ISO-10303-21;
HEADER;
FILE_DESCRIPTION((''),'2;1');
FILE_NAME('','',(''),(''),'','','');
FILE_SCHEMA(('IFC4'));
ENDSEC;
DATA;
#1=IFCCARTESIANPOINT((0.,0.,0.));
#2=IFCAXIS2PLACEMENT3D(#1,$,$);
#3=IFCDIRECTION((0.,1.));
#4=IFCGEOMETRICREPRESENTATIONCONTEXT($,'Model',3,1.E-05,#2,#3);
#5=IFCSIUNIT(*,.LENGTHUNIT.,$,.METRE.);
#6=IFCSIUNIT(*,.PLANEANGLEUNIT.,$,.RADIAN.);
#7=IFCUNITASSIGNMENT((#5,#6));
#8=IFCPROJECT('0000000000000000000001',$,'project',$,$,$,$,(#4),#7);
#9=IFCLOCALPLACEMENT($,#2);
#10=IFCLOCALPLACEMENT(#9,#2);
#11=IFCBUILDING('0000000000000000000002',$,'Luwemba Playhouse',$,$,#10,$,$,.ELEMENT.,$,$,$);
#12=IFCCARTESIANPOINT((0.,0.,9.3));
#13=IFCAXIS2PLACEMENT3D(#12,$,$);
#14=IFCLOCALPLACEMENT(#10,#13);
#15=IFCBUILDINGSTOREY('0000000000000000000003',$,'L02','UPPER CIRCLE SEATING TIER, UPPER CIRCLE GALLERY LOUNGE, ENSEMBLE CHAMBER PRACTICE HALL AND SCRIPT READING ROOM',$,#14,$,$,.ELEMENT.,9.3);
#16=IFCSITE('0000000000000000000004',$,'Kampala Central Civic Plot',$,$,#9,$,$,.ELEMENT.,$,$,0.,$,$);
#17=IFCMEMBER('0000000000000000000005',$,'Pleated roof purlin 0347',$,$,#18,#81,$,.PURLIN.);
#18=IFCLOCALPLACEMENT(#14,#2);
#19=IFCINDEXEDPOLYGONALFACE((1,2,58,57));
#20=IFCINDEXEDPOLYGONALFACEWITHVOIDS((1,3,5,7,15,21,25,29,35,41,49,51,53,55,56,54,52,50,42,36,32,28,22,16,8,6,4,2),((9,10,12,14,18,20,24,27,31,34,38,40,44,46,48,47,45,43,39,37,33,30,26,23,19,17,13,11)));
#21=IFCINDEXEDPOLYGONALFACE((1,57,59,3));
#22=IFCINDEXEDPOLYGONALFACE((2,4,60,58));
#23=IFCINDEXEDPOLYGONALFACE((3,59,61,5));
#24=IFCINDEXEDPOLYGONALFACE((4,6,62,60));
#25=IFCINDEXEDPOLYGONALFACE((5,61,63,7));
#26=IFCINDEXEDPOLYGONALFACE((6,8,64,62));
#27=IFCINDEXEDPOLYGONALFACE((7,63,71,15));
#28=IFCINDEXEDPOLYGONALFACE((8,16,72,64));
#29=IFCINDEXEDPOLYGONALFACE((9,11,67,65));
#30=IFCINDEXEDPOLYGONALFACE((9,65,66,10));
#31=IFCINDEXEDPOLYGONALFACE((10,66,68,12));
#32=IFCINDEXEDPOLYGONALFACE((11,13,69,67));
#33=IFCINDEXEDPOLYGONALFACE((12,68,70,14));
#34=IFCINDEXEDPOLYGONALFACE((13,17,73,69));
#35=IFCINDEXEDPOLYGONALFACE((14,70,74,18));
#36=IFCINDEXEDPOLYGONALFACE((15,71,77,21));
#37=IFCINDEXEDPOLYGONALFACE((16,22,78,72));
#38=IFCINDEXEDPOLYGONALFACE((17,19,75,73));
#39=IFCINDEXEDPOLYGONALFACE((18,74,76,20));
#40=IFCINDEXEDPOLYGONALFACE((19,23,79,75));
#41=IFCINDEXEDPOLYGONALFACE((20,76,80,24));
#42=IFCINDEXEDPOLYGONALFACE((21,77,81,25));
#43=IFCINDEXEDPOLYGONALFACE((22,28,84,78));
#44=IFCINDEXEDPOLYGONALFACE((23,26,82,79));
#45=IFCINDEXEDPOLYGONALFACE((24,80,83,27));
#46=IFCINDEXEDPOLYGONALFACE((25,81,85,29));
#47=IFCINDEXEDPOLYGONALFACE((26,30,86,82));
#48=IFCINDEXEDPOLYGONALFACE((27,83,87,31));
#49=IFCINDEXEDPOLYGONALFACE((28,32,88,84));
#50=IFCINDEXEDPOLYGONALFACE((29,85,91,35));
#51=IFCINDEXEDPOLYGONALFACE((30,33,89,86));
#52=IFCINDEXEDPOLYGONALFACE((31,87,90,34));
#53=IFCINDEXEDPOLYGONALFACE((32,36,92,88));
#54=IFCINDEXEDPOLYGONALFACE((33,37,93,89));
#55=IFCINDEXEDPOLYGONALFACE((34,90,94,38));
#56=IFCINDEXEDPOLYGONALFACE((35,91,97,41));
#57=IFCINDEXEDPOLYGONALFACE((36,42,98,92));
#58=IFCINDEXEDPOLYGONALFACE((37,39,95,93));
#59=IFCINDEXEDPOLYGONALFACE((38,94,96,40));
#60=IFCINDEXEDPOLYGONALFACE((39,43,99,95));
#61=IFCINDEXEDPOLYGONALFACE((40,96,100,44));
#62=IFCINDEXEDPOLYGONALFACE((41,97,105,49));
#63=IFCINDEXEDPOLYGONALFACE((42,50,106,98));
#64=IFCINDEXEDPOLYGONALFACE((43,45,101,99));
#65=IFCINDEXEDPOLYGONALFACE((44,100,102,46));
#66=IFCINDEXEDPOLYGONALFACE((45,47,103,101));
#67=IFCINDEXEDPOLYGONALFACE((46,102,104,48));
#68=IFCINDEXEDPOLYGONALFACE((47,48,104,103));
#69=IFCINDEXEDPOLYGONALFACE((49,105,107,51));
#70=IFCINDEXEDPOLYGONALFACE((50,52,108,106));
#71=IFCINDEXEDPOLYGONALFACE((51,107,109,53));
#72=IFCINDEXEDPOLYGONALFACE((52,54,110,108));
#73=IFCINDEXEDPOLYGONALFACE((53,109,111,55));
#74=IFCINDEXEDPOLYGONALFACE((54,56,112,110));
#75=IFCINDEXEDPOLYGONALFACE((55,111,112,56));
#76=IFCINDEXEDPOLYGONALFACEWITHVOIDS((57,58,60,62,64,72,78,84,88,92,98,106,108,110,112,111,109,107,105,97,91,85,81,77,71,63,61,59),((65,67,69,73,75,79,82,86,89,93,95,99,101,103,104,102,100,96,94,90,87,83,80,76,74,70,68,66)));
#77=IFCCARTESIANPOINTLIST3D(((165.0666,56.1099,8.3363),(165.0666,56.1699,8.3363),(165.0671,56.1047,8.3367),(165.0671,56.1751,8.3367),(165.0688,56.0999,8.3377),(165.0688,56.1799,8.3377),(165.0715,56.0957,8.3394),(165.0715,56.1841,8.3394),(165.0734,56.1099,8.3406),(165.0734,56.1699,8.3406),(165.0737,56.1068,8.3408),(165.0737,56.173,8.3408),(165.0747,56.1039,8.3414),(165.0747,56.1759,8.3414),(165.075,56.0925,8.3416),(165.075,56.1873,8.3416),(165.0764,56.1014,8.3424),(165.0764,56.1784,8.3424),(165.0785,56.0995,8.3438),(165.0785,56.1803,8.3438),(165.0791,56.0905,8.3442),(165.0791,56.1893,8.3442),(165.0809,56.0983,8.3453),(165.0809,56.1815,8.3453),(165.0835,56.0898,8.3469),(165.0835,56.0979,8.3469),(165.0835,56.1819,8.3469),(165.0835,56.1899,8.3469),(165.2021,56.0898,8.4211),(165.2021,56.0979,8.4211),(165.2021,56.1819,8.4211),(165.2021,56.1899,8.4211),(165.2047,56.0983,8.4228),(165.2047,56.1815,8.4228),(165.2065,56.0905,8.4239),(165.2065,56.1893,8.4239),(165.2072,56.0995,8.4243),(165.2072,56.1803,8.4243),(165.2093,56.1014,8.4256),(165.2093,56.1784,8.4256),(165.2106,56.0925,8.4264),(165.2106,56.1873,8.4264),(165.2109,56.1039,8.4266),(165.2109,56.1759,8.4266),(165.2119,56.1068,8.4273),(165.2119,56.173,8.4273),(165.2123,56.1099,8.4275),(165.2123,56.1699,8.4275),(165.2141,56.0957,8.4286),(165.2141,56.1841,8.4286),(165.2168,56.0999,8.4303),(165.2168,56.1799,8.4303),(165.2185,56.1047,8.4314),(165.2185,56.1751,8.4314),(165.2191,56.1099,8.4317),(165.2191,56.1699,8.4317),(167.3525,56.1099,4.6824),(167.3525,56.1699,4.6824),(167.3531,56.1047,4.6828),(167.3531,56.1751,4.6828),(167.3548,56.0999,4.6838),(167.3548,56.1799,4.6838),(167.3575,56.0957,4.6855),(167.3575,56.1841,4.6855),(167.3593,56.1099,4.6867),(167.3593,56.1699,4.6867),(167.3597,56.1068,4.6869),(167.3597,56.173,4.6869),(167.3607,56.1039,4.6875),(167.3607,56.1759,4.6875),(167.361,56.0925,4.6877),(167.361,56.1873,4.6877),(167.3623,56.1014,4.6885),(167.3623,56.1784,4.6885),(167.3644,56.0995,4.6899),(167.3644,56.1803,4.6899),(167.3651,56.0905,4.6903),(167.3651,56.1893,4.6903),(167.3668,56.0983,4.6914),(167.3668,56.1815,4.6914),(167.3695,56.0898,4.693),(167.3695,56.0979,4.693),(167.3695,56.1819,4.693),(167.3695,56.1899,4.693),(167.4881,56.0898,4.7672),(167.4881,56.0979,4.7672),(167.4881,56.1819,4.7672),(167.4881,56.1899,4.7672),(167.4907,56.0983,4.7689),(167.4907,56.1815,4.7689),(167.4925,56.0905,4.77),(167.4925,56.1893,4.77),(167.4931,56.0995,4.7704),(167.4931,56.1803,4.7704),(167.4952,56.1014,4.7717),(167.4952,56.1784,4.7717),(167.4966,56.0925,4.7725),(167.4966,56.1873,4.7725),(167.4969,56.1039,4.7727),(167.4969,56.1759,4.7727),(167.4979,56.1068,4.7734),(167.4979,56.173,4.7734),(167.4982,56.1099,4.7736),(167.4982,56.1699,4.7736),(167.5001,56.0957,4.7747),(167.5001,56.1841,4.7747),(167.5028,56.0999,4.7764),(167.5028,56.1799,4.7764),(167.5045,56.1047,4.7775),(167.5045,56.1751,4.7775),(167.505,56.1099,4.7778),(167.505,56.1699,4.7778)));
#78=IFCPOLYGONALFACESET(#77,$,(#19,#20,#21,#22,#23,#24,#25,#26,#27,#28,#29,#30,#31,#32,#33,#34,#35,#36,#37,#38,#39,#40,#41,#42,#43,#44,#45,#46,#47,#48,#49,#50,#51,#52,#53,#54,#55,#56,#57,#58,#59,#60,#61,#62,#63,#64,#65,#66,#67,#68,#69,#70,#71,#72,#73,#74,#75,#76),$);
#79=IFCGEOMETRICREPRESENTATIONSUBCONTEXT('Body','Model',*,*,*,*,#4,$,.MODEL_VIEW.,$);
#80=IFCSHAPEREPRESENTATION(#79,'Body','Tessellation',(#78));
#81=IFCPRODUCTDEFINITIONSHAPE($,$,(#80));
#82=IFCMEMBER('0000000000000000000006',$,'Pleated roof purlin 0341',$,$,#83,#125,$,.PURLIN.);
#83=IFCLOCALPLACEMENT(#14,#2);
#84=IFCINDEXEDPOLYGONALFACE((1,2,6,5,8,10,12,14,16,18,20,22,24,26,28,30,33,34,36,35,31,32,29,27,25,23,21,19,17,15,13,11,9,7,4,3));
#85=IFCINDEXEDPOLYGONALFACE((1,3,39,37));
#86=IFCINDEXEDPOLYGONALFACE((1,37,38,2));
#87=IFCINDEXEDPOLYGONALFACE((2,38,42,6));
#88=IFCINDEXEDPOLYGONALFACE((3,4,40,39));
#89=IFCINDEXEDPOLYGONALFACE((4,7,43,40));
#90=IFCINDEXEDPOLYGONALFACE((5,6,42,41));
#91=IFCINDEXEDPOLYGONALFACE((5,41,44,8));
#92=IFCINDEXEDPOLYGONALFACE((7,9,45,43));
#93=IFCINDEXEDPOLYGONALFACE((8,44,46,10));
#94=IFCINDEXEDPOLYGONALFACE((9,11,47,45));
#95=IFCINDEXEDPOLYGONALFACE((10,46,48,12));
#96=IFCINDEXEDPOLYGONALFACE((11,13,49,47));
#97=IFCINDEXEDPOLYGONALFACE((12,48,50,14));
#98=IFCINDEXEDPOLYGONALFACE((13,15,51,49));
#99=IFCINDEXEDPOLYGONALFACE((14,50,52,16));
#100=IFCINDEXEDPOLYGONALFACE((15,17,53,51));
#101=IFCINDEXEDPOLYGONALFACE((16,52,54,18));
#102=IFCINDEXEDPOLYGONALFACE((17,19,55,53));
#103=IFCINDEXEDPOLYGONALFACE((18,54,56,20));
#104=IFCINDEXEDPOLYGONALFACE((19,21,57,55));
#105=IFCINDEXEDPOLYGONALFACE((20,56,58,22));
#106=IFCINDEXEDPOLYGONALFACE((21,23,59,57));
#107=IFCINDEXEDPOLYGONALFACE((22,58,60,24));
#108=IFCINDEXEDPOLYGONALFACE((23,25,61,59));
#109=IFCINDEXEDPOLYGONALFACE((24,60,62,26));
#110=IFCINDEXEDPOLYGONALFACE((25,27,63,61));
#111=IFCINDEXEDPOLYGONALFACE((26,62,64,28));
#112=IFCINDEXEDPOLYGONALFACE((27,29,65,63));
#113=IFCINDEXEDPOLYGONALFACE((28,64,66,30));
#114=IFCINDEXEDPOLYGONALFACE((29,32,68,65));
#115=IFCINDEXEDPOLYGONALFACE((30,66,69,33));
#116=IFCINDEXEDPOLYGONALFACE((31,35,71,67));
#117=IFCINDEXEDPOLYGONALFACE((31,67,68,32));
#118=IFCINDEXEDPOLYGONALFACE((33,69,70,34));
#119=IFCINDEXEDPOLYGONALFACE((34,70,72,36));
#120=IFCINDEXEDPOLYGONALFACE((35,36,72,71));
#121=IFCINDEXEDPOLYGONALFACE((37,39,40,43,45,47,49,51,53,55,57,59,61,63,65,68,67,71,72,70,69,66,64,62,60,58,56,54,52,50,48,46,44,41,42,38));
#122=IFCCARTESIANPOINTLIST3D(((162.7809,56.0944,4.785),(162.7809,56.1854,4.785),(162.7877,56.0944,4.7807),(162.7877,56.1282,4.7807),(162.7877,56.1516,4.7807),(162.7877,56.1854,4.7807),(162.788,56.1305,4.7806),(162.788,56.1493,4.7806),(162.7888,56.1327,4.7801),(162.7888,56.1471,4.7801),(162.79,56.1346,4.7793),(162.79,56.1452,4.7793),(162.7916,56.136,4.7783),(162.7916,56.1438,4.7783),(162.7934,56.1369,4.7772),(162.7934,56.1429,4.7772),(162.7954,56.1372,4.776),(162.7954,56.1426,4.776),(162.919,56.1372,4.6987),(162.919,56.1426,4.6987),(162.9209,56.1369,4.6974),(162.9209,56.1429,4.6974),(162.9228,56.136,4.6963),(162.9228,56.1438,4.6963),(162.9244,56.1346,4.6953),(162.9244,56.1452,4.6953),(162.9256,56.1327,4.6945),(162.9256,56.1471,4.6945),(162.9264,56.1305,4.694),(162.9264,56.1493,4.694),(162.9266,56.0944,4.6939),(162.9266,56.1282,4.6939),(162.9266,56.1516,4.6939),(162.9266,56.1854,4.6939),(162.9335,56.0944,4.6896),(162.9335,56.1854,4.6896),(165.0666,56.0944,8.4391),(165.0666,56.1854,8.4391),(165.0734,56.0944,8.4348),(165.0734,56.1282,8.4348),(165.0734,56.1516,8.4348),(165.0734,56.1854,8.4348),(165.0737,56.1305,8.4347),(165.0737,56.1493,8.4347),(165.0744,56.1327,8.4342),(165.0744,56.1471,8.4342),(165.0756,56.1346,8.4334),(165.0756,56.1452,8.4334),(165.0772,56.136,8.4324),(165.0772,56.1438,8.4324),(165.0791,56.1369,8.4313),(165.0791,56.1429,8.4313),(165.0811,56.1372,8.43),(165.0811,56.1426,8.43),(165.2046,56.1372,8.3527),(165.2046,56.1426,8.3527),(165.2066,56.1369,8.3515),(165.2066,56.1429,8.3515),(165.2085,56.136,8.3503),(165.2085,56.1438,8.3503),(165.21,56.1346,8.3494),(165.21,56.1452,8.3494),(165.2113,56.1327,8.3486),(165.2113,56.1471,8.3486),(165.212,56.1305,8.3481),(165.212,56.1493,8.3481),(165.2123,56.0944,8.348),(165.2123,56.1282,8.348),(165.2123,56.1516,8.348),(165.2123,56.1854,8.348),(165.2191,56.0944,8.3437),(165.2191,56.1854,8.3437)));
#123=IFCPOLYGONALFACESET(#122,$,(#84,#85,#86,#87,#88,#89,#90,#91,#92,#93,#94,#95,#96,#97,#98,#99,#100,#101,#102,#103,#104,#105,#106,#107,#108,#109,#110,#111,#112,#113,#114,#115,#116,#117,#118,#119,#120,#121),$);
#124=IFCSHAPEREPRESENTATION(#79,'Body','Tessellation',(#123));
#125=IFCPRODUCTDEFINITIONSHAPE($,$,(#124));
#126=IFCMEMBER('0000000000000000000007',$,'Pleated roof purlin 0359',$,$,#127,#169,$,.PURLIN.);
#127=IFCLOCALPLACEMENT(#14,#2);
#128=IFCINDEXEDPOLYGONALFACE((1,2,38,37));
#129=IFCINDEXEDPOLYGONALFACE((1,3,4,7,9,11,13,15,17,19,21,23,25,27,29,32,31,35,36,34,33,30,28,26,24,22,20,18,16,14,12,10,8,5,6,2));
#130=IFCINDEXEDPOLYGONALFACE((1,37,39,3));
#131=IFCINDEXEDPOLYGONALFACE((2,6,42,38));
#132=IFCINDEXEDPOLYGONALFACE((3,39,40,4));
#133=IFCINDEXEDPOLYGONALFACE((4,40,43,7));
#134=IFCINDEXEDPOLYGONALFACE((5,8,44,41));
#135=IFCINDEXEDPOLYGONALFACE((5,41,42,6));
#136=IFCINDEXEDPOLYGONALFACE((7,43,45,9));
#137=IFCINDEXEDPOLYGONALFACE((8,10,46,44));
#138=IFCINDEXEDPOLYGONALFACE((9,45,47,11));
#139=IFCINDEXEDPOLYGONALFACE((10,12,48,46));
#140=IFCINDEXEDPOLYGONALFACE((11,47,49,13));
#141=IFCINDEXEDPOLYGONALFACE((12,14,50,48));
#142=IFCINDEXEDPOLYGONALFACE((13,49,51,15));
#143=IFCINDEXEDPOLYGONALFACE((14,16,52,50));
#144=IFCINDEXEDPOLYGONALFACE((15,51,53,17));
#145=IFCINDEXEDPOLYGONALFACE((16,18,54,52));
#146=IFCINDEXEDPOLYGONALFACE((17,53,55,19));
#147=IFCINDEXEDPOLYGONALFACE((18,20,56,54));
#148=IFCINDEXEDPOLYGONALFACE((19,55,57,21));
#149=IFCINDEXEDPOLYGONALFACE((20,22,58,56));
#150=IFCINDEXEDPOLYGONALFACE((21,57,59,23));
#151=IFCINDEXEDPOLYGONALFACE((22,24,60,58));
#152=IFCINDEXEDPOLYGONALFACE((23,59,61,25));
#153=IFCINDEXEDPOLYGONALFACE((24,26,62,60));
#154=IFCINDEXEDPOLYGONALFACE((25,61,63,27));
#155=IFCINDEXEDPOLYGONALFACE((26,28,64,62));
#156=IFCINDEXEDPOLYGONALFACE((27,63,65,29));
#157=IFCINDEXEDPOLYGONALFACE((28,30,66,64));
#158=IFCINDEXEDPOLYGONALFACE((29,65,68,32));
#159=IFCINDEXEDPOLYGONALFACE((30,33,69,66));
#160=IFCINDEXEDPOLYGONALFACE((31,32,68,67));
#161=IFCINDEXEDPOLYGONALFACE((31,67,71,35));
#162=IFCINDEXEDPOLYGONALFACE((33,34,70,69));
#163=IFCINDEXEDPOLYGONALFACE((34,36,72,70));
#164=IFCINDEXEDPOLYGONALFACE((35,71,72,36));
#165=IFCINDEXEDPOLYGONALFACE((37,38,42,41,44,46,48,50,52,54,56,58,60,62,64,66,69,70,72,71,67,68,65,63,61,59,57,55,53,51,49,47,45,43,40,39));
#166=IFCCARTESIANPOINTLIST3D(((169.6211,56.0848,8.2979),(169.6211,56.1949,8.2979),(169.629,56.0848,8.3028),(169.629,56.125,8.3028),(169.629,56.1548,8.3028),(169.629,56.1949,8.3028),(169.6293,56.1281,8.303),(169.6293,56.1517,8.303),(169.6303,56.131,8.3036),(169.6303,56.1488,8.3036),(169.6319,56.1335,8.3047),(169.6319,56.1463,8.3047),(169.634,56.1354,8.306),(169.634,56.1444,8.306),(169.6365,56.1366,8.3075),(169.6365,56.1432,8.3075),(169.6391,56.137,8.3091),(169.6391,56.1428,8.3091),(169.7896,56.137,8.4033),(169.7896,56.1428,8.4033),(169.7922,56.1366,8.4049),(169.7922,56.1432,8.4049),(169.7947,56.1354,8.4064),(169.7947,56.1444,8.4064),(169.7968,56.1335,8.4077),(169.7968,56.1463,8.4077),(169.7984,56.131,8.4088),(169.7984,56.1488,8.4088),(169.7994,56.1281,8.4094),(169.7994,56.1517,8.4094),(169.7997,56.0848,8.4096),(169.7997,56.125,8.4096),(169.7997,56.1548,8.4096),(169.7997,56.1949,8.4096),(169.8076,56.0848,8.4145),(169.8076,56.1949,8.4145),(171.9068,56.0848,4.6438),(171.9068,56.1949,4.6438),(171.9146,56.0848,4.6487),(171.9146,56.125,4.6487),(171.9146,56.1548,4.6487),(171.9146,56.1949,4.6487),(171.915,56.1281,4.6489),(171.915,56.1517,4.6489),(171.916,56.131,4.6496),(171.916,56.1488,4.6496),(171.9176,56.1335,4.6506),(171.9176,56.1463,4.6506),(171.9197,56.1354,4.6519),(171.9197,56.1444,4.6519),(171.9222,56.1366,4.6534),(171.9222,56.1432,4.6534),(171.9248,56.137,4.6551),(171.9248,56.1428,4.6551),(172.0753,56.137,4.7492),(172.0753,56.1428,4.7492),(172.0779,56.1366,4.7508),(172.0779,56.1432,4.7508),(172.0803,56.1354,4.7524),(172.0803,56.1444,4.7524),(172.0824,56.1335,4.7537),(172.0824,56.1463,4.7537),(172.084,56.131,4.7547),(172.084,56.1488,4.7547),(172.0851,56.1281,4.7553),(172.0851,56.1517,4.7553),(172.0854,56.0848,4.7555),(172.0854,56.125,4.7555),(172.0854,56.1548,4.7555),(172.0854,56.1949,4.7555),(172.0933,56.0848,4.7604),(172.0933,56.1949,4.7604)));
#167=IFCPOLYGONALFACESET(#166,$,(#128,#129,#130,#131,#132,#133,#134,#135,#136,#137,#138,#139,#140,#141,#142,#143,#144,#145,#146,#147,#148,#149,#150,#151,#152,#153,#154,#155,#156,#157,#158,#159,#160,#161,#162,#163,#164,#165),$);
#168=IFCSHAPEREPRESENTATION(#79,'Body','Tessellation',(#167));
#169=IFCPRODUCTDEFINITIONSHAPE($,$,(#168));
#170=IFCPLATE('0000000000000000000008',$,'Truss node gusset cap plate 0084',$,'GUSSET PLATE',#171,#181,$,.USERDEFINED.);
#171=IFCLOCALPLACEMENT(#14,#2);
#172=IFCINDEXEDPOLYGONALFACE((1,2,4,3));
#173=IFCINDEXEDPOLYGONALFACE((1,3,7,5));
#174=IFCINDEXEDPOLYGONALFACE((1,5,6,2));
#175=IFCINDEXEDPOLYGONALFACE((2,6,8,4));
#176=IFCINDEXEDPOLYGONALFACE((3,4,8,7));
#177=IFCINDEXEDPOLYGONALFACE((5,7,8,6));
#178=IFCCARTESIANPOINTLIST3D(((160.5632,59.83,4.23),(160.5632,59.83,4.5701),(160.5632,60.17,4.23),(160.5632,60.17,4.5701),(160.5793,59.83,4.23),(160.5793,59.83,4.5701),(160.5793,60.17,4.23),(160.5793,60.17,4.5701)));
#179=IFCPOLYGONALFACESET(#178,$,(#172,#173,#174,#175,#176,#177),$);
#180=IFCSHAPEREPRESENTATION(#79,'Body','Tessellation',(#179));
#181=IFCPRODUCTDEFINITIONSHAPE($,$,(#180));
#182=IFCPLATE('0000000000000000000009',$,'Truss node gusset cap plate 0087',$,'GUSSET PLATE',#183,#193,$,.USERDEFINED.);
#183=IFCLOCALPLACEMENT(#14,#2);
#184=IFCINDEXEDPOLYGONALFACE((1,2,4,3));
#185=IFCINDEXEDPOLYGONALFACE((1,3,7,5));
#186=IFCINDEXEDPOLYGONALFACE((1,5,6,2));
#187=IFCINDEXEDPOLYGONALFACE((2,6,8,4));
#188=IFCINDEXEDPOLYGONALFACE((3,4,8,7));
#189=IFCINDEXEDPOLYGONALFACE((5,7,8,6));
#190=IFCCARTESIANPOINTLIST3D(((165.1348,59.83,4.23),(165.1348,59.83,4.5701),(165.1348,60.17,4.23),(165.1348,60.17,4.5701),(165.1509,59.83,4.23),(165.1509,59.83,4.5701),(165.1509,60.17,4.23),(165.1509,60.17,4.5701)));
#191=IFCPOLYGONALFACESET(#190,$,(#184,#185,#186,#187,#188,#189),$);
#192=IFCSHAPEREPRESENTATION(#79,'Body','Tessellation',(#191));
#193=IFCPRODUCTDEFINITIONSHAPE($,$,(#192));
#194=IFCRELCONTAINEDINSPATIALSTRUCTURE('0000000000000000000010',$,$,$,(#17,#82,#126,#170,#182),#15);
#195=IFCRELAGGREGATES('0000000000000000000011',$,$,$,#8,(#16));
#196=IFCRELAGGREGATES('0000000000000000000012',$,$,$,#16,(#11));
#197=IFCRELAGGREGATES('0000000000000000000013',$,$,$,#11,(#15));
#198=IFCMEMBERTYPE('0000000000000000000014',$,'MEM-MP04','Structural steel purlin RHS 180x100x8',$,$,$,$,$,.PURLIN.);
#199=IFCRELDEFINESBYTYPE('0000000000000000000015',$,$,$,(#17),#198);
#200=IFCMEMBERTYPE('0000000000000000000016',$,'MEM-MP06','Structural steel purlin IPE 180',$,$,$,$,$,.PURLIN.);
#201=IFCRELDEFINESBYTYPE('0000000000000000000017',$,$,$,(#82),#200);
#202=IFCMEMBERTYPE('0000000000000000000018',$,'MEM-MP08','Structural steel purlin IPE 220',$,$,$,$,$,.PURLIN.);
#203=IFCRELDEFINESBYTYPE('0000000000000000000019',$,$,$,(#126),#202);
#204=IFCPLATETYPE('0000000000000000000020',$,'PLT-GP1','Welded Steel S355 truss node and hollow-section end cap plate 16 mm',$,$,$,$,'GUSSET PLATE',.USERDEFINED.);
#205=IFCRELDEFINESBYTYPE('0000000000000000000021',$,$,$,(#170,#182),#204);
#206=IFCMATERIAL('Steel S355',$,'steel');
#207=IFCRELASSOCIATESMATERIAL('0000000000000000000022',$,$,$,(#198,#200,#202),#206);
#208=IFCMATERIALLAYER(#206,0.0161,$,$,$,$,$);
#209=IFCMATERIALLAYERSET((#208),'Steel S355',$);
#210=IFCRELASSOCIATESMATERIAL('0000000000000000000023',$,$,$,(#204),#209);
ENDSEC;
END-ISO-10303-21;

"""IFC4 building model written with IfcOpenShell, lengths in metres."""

from ifc_helpers import new_model, si_unit, direction, frame, origin, origin_2d, place, context, subcontext, project, spatial, rectangle, hollow_rectangle, i_section, extrude, material, layer, layer_set, material_profile, profile_set, type_object, element, save


model = new_model("IFC4")

# Units and contexts
model_context = context("Model", 3, precision=1e-05, world=origin(), true_north=direction((0.0, 1.0)))
body_context = subcontext(model_context, "Body", "Model", "MODEL_VIEW")
ifc_project = project(units=[si_unit("LENGTHUNIT", "METRE"), si_unit("PLANEANGLEUNIT", "RADIAN")], contexts=[model_context])

# Site, building, storey
site_placement = place(None, origin())
site = spatial("IfcSite", under=ifc_project, at=site_placement, Name="Kampala Central Civic Plot", CompositionType="ELEMENT", RefElevation=0.0)
building_placement = place(site_placement, origin())
building = spatial("IfcBuilding", under=site, at=building_placement, Name="Luwemba Playhouse", CompositionType="ELEMENT")
storey_placement = place(building_placement, frame((0.0, 0.0, 9.3)))
storey = spatial("IfcBuildingStorey", under=building, at=storey_placement, Name="L02", Description="UPPER CIRCLE SEATING TIER, UPPER CIRCLE GALLERY LOUNGE, ENSEMBLE CHAMBER PRACTICE HALL AND SCRIPT READING ROOM", CompositionType="ELEMENT", Elevation=9.3)

# Shared definitions
ifc_material_1 = material(Name="Steel S355", Category="steel")

# Members
ifc_material_profile_1 = material_profile(ifc_material_1, hollow_rectangle(XDim=0.1001, YDim=0.1799, WallThickness=0.0081, InnerFilletRadius=0.012, OuterFilletRadius=0.02, at=origin_2d()))
ifc_profile_set_1 = profile_set([ifc_material_profile_1], Name="Steel S355")
member_type_1 = type_object("IfcMemberType", Name="MEM-MP04", Description="Structural steel purlin RHS 180x100x8", PredefinedType="PURLIN", material=ifc_profile_set_1)
member_1_placement = place(storey_placement, frame((165.1428, 56.1399, 8.384), z_axis=(0.530376, 0.0, -0.847763), x_axis=(0.0, 1.0, 0.0)))
element("IfcMember", 1, at=member_1_placement, inside=storey, type_object=member_type_1, Name="Pleated roof purlin 0347", PredefinedType="PURLIN", context=body_context, shape_type="SweptSolid", body=[
    extrude(hollow_rectangle(XDim=0.1001, YDim=0.1799, WallThickness=0.0081, InnerFilletRadius=0.012, OuterFilletRadius=0.02, at=origin_2d()), origin(), (0.0, 0.0, 1.0), 4.3101),
])
ifc_material_profile_2 = material_profile(ifc_material_1, i_section(OverallWidth=0.0911, OverallDepth=0.1799, WebThickness=0.0054, FlangeThickness=0.0081, FilletRadius=0.009, at=origin_2d()))
ifc_profile_set_2 = profile_set([ifc_material_profile_2], Name="Steel S355")
member_type_2 = type_object("IfcMemberType", Name="MEM-MP06", Description="Structural steel purlin IPE 180", PredefinedType="PURLIN", material=ifc_profile_set_2)
member_2_placement = place(storey_placement, frame((162.8572, 56.1399, 4.7373), z_axis=(0.530309, 0.0, 0.847804), x_axis=(0.0, 1.0, 0.0)))
element("IfcMember", 2, at=member_2_placement, inside=storey, type_object=member_type_2, Name="Pleated roof purlin 0341", PredefinedType="PURLIN", context=body_context, shape_type="SweptSolid", body=[
    extrude(i_section(OverallWidth=0.0911, OverallDepth=0.1799, WebThickness=0.0054, FlangeThickness=0.0081, FilletRadius=0.009, at=origin_2d()), origin(), (0.0, 0.0, 1.0), 4.3101),
])
ifc_material_profile_3 = material_profile(ifc_material_1, i_section(OverallWidth=0.1101, OverallDepth=0.22, WebThickness=0.0059, FlangeThickness=0.0093, FilletRadius=0.012, at=origin_2d()))
ifc_profile_set_3 = profile_set([ifc_material_profile_3], Name="Steel S355")
member_type_3 = type_object("IfcMemberType", Name="MEM-MP08", Description="Structural steel purlin IPE 220", PredefinedType="PURLIN", material=ifc_profile_set_3)
member_3_placement = place(storey_placement, frame((169.7144, 56.1399, 8.3562), z_axis=(0.530309, 0.0, -0.847804), x_axis=(0.0, 1.0, 0.0)))
element("IfcMember", 3, at=member_3_placement, inside=storey, type_object=member_type_3, Name="Pleated roof purlin 0359", PredefinedType="PURLIN", context=body_context, shape_type="SweptSolid", body=[
    extrude(i_section(OverallWidth=0.1101, OverallDepth=0.22, WebThickness=0.0059, FlangeThickness=0.0093, FilletRadius=0.012, at=origin_2d()), origin(), (0.0, 0.0, 1.0), 4.3101),
])

# Plates
ifc_layer_1 = layer(ifc_material_1, 0.0161)
ifc_layer_set_1 = layer_set([ifc_layer_1], Name="Steel S355")
plate_type = type_object("IfcPlateType", Name="PLT-GP1", Description="Welded Steel S355 truss node and hollow-section end cap plate 16 mm", ElementType="GUSSET PLATE", PredefinedType="USERDEFINED", material=ifc_layer_set_1)
for number, where, z_axis, x_axis, name in (
    (4, (160.5713, 60.0, 4.23), (0.0, 0.0, 1.0), (1.0, 0.0, 0.0), "Truss node gusset cap plate 0084"),
    (5, (165.1428, 60.0, 4.23), (0.0, 0.0, 1.0), (1.0, 0.0, 0.0), "Truss node gusset cap plate 0087"),
):
    element("IfcPlate", number, at=place(storey_placement, frame(where, z_axis=z_axis, x_axis=x_axis)), inside=storey, type_object=plate_type, Name=name, ObjectType="GUSSET PLATE", PredefinedType="USERDEFINED", context=body_context, shape_type="SweptSolid", body=[
        extrude(rectangle(XDim=0.0161, YDim=0.3401, at=origin_2d()), origin(), (0.0, 0.0, 1.0), 0.3401),
    ])

save(model, "model.ifc")
